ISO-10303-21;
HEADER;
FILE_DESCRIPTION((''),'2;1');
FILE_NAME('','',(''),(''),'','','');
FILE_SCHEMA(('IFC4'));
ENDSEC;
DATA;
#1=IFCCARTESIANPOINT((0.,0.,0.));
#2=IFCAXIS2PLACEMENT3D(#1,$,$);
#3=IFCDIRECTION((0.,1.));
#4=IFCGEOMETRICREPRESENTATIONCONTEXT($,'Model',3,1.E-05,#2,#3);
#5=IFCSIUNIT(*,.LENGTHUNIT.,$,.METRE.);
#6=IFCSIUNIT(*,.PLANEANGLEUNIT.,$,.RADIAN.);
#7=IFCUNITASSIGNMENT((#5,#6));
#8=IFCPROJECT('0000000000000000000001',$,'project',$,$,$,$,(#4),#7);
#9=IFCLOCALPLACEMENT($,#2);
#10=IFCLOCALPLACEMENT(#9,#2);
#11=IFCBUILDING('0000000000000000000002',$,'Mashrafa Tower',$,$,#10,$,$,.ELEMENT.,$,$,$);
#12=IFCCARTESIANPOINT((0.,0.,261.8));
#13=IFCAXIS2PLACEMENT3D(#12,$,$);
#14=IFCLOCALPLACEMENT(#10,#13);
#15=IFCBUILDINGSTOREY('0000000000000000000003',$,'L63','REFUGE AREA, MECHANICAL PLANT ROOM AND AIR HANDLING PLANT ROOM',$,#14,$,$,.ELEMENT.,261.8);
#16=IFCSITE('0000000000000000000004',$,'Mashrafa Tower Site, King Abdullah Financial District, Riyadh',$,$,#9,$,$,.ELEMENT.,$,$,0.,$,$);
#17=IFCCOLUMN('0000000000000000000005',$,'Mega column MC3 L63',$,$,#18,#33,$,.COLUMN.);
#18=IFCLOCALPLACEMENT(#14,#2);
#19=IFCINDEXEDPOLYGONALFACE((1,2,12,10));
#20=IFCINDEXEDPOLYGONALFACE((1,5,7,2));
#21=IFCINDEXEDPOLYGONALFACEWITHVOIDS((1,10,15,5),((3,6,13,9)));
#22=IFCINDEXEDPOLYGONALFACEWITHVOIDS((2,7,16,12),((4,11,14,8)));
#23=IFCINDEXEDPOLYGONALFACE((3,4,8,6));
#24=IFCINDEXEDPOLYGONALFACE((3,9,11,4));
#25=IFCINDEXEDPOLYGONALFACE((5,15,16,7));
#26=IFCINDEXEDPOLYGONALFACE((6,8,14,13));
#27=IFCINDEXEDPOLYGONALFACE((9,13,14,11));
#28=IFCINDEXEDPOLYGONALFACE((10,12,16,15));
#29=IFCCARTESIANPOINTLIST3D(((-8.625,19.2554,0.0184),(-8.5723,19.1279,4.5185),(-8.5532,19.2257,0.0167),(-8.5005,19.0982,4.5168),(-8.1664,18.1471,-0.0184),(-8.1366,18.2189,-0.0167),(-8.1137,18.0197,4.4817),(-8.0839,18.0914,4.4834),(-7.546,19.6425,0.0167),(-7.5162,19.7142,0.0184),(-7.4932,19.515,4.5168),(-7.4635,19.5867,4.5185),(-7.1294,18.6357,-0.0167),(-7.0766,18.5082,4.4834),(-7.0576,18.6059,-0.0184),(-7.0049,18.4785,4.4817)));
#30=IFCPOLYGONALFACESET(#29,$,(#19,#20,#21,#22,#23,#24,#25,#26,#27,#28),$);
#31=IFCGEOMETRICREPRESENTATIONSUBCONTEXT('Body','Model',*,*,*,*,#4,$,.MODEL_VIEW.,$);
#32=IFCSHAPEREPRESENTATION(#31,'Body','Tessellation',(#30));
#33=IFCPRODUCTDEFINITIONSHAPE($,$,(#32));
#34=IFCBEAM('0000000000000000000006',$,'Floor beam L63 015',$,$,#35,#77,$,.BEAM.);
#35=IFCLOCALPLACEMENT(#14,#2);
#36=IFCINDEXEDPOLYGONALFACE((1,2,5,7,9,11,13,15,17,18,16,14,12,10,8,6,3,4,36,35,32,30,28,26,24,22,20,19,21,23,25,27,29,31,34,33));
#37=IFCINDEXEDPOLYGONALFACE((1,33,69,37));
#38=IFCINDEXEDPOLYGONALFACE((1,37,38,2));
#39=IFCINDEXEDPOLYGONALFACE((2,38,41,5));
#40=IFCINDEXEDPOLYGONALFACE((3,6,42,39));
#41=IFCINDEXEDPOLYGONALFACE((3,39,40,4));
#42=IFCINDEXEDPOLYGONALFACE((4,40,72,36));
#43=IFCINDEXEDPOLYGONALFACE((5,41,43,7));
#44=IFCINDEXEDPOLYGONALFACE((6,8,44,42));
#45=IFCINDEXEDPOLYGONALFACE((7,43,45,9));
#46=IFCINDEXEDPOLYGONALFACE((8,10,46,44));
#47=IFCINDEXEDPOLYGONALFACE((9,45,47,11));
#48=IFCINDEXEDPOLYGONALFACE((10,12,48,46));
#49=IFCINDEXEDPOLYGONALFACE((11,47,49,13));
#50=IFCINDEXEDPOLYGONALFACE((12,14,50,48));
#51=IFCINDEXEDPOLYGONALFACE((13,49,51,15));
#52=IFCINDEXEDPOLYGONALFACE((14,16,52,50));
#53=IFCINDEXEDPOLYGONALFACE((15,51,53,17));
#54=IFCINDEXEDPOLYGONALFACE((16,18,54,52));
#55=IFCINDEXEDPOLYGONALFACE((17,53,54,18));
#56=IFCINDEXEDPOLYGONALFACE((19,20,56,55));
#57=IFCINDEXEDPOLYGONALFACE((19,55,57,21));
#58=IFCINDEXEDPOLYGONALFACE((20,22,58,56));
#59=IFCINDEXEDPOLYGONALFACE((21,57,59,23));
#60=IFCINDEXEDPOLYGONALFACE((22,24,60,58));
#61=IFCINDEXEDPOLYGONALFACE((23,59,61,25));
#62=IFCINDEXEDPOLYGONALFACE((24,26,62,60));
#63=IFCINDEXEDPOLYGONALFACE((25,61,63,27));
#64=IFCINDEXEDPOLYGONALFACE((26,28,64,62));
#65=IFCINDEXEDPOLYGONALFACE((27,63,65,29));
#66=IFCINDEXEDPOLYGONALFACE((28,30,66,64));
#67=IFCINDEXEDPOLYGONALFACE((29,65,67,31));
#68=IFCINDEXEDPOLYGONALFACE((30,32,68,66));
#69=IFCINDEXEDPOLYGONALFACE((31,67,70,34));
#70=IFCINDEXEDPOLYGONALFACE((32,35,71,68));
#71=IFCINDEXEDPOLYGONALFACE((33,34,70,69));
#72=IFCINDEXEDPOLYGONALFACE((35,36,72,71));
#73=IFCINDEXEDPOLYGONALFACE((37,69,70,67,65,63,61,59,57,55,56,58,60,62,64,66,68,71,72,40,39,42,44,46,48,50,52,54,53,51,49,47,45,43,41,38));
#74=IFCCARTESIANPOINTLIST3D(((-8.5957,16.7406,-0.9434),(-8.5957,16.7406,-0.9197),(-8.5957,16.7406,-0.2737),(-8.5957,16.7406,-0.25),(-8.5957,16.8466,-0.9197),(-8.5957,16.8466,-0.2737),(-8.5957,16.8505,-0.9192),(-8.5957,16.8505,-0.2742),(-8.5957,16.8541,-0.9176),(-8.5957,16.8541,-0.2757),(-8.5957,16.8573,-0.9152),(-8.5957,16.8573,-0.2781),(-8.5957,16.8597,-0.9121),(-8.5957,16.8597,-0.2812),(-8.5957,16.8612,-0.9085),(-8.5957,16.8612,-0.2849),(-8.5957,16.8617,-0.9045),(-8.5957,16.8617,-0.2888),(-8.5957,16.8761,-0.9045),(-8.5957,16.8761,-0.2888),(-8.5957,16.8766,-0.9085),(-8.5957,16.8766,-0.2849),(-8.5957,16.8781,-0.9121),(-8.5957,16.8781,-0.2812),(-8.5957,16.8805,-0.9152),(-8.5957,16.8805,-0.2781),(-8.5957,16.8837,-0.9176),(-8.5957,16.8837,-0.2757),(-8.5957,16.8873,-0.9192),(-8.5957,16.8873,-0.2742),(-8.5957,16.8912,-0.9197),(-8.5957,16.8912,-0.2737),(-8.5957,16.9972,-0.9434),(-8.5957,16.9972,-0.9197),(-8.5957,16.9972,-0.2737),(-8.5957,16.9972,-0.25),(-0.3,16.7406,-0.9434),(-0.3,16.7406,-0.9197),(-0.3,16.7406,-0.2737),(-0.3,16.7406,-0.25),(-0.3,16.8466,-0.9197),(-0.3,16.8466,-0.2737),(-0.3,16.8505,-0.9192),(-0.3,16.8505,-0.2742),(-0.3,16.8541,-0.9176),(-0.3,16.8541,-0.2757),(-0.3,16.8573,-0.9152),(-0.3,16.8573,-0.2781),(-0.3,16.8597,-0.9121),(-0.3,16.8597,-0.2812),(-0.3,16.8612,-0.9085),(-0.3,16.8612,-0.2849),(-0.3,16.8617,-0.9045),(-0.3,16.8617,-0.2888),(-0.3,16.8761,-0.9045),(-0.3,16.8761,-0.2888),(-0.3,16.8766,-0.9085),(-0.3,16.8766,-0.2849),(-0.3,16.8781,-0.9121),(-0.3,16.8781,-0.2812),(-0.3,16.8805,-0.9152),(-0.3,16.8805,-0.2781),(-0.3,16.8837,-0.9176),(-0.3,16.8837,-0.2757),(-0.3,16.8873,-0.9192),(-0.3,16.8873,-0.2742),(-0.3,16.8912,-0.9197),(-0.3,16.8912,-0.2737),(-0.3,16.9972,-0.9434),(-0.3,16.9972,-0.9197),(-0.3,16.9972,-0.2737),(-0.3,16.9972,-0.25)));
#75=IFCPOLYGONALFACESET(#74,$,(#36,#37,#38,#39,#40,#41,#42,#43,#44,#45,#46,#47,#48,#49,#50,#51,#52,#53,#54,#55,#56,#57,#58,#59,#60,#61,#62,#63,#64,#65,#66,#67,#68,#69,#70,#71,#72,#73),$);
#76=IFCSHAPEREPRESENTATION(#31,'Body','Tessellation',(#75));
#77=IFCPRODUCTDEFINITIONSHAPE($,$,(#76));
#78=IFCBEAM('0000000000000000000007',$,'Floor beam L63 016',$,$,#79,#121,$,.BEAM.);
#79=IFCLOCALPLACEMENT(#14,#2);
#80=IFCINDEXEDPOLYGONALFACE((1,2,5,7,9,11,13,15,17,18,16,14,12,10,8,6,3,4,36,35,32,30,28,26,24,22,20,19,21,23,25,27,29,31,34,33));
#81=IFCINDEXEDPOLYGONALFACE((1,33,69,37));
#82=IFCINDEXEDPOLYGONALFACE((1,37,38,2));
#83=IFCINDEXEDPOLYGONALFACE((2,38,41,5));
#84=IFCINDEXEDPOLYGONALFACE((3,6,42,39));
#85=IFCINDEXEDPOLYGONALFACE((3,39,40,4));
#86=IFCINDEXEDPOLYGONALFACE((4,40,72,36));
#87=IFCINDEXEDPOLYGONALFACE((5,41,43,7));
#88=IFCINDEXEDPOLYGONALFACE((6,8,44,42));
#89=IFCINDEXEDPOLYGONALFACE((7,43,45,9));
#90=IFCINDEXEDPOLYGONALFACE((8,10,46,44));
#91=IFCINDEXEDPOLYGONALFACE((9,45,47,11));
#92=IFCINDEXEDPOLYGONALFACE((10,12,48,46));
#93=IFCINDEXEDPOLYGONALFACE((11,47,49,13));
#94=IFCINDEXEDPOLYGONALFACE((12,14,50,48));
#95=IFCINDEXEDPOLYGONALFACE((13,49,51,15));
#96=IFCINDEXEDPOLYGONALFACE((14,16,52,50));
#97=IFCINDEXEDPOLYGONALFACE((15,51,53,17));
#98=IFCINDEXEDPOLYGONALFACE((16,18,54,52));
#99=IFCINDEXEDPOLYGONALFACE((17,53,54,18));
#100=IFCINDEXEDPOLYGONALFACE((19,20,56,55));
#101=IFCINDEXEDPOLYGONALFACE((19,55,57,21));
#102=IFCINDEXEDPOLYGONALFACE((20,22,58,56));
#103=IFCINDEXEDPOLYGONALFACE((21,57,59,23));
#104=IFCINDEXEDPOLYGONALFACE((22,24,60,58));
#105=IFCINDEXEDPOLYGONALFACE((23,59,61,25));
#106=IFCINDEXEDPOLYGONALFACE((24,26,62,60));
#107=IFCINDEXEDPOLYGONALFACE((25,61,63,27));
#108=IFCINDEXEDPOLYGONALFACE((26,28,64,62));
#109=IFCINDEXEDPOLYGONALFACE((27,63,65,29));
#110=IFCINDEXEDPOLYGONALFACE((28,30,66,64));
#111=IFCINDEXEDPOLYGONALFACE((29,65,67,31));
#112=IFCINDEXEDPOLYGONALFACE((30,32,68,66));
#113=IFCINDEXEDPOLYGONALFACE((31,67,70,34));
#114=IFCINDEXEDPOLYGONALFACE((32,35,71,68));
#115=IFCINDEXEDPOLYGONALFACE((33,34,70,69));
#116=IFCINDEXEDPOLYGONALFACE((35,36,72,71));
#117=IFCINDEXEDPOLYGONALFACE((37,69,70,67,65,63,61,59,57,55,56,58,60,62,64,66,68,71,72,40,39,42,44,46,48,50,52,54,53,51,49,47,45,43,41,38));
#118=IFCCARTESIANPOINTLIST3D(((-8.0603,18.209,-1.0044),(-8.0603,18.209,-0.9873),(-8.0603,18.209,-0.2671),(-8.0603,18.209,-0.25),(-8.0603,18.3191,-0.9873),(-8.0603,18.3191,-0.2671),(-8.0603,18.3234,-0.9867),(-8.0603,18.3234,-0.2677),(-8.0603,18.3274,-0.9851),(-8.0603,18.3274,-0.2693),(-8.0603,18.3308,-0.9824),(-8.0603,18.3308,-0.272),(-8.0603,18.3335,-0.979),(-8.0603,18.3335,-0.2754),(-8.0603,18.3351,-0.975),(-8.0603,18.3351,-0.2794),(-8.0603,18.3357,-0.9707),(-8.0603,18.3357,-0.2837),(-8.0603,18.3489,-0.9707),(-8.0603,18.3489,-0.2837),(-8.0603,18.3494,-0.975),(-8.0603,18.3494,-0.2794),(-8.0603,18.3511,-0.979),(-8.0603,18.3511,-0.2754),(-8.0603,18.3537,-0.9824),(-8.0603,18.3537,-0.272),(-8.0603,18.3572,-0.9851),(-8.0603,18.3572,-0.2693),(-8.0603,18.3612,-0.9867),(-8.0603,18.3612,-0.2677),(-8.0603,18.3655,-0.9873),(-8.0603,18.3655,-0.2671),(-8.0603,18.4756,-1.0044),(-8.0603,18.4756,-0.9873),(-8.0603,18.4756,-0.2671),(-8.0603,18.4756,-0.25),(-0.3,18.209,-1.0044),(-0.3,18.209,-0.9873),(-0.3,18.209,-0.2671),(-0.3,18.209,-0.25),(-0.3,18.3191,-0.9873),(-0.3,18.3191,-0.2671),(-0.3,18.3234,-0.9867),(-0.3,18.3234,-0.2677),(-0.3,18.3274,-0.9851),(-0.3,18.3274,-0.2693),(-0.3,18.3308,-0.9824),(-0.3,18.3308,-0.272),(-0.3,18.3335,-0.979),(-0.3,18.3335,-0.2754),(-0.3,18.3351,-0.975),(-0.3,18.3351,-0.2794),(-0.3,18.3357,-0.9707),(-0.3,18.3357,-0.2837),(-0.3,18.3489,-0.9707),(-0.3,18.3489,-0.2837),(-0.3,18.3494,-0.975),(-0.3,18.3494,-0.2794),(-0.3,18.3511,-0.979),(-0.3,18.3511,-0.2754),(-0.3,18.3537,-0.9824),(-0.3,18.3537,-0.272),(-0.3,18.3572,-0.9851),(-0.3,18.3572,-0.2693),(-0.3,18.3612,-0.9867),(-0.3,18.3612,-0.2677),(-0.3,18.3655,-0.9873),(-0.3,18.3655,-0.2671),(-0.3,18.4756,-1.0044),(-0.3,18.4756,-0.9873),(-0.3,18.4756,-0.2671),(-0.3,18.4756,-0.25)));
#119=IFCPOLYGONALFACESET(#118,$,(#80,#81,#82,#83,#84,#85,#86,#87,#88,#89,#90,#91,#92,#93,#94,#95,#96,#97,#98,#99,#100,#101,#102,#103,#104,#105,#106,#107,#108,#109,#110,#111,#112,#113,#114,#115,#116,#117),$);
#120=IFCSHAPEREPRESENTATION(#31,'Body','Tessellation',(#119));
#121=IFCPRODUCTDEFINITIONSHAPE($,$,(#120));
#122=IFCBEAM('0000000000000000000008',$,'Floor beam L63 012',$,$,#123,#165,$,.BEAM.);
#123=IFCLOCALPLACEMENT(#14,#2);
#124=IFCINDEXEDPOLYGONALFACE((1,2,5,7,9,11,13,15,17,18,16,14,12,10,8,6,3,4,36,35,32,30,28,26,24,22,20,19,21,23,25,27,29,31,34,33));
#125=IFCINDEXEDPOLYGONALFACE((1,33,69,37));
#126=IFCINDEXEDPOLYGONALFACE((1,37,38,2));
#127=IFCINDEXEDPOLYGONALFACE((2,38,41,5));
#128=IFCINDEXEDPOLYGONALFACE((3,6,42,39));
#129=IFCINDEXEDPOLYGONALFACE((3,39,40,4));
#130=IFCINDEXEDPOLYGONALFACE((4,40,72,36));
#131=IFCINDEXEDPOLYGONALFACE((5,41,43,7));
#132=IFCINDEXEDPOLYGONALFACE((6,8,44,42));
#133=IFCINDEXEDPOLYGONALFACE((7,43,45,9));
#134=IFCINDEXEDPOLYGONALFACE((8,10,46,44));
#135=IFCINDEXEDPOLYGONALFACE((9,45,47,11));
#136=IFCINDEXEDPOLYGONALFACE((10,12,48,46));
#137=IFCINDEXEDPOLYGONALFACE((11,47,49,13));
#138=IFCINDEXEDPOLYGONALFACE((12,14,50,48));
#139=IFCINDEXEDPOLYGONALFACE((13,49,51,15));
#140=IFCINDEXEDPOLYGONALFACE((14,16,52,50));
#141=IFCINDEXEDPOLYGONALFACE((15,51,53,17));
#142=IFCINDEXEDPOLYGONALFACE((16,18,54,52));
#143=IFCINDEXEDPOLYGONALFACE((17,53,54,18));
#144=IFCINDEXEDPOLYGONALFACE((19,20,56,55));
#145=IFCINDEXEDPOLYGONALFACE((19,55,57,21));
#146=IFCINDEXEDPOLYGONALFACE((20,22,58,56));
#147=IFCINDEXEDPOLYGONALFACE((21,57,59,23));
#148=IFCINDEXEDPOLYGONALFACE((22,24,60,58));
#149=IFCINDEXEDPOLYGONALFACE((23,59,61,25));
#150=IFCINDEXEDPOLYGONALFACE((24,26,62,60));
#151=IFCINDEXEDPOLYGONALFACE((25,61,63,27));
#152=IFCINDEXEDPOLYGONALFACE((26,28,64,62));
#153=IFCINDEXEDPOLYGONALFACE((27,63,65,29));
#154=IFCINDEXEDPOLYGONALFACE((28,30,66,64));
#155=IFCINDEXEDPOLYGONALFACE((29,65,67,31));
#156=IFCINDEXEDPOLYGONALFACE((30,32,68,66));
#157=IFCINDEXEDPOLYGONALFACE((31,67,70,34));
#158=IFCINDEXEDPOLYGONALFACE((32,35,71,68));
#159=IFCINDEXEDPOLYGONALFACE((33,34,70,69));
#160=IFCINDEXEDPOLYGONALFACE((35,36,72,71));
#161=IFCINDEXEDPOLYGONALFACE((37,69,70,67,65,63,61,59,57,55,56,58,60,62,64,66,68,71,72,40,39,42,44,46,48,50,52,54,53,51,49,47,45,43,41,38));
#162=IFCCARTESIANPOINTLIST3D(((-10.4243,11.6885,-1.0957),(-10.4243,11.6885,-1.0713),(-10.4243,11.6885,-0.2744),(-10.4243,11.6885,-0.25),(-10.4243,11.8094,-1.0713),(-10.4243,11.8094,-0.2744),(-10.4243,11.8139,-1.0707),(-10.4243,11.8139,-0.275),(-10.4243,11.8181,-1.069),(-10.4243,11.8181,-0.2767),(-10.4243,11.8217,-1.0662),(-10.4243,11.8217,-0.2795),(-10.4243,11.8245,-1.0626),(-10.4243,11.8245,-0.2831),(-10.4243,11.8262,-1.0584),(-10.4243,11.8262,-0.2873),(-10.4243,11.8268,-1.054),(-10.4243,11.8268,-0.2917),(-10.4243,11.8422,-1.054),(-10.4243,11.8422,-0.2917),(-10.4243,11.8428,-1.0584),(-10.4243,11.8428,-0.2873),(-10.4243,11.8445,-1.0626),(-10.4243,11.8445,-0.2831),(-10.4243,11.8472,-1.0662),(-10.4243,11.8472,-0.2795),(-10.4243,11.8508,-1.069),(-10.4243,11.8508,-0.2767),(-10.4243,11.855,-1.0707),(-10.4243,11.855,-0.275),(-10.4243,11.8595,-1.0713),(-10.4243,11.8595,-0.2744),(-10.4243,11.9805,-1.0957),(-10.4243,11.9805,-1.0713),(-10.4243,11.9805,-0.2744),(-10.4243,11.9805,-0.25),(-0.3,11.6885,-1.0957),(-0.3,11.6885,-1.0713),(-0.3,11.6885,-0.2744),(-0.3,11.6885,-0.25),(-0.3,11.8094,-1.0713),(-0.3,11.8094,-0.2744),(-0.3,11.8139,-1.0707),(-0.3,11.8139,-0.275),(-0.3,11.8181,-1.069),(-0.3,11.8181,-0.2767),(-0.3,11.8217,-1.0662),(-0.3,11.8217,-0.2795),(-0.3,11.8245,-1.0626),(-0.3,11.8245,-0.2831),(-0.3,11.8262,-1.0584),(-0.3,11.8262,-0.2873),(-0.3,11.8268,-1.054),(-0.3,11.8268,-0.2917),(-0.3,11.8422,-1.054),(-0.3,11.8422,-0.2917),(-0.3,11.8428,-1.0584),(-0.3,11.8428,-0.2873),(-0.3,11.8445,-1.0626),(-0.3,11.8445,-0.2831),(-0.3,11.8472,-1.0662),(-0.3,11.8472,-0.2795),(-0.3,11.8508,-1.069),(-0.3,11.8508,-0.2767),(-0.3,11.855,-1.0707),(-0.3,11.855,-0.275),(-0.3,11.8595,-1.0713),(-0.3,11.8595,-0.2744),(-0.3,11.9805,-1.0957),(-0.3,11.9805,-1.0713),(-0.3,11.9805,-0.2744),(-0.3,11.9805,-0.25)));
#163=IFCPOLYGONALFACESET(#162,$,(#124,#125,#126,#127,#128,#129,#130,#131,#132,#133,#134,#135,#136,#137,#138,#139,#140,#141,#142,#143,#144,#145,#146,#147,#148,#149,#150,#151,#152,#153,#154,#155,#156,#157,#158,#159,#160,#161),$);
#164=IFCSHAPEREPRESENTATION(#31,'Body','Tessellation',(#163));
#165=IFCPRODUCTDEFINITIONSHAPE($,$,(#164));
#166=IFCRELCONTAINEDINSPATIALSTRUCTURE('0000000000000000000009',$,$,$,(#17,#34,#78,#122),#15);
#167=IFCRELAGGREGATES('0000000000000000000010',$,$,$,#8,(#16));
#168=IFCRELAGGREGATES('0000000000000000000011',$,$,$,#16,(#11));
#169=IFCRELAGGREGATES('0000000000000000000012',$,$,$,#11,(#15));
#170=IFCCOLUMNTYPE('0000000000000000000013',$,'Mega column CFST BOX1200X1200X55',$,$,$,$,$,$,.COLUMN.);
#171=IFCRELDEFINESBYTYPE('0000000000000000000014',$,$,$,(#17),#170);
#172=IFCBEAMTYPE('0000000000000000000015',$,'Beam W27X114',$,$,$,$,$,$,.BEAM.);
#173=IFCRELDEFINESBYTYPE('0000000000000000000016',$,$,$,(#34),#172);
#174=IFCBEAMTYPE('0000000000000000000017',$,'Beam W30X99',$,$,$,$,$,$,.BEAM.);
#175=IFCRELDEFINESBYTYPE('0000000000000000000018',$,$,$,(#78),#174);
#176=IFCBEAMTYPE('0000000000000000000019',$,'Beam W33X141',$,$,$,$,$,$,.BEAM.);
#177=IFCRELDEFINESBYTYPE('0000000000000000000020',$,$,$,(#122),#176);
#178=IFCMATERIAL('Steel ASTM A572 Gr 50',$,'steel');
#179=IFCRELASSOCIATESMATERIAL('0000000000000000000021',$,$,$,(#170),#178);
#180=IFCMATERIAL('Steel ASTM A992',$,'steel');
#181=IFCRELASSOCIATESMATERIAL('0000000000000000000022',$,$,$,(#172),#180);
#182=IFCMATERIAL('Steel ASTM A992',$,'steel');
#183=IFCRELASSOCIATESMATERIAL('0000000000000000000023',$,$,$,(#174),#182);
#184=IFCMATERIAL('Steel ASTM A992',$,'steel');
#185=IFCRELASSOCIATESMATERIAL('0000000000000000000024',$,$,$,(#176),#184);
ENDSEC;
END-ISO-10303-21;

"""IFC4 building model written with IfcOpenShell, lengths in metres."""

from ifc_helpers import new_model, si_unit, direction, frame, origin, origin_2d, place, context, subcontext, project, spatial, hollow_rectangle, i_section, extrude, material, material_profile, profile_set, type_object, element, save


model = new_model("IFC4")

# Units and contexts
model_context = context("Model", 3, precision=1e-05, world=origin(), true_north=direction((0.0, 1.0)))
body_context = subcontext(model_context, "Body", "Model", "MODEL_VIEW")
ifc_project = project(units=[si_unit("LENGTHUNIT", "METRE"), si_unit("PLANEANGLEUNIT", "RADIAN")], contexts=[model_context])

# Site, building, storey
site_placement = place(None, origin())
site = spatial("IfcSite", under=ifc_project, at=site_placement, Name="Mashrafa Tower Site, King Abdullah Financial District, Riyadh", CompositionType="ELEMENT", RefElevation=0.0)
building_placement = place(site_placement, origin())
building = spatial("IfcBuilding", under=site, at=building_placement, Name="Mashrafa Tower", CompositionType="ELEMENT")
storey_placement = place(building_placement, frame((0.0, 0.0, 261.8)))
storey = spatial("IfcBuildingStorey", under=building, at=storey_placement, Name="L63", Description="REFUGE AREA, MECHANICAL PLANT ROOM AND AIR HANDLING PLANT ROOM", CompositionType="ELEMENT", Elevation=261.8)

# Column
ifc_material_1 = material(Name="Steel ASTM A572 Gr 50", Category="steel")
ifc_material_profile_1 = material_profile(ifc_material_1, hollow_rectangle(XDim=1.2, YDim=1.2, WallThickness=0.0549, at=origin_2d()), Name="BOX1200X1200X55")
ifc_profile_set_1 = profile_set([ifc_material_profile_1], Name="Steel ASTM A572 Gr 50")
column_type = type_object("IfcColumnType", Name="Mega column CFST BOX1200X1200X55", PredefinedType="COLUMN", material=ifc_profile_set_1)
column_placement = place(storey_placement, frame((-7.8413, 18.9307, 0.0), z_axis=(0.011713, -0.028307, 0.999531), x_axis=(0.924017, 0.382352, 0.0)))
element("IfcColumn", 1, at=column_placement, inside=storey, type_object=column_type, Name="Mega column MC3 L63", PredefinedType="COLUMN", context=body_context, shape_type="SweptSolid", body=[
    extrude(hollow_rectangle(XDim=1.2, YDim=1.2, WallThickness=0.0549, at=origin_2d()), origin(), (0.0, 0.0, 1.0), 4.5022),
])

# Beams
ifc_material_2 = material(Name="Steel ASTM A992", Category="steel")
ifc_material_profile_2 = material_profile(ifc_material_2, i_section(OverallWidth=0.2566, OverallDepth=0.6934, WebThickness=0.0144, FlangeThickness=0.0237, FilletRadius=0.0151, at=origin_2d()), Name="W27X114")
ifc_profile_set_2 = profile_set([ifc_material_profile_2], Name="Steel ASTM A992")
beam_type_1 = type_object("IfcBeamType", Name="Beam W27X114", PredefinedType="BEAM", material=ifc_profile_set_2)
beam_1_placement = place(storey_placement, frame((-8.5957, 16.8689, -0.5967), z_axis=(1.0, 0.0, 0.0), x_axis=(0.0, 1.0, 0.0)))
element("IfcBeam", 2, at=beam_1_placement, inside=storey, type_object=beam_type_1, Name="Floor beam L63 015", PredefinedType="BEAM", context=body_context, shape_type="SweptSolid", body=[
    extrude(i_section(OverallWidth=0.2566, OverallDepth=0.6934, WebThickness=0.0144, FlangeThickness=0.0237, FilletRadius=0.0151, at=origin_2d()), origin(), (0.0, 0.0, 1.0), 8.2957),
])
ifc_material_3 = material(Name="Steel ASTM A992", Category="steel")
ifc_material_profile_3 = material_profile(ifc_material_3, i_section(OverallWidth=0.2666, OverallDepth=0.7544, WebThickness=0.0132, FlangeThickness=0.0171, FilletRadius=0.0166, at=origin_2d()), Name="W30X99")
ifc_profile_set_3 = profile_set([ifc_material_profile_3], Name="Steel ASTM A992")
beam_type_2 = type_object("IfcBeamType", Name="Beam W30X99", PredefinedType="BEAM", material=ifc_profile_set_3)
beam_2_placement = place(storey_placement, frame((-8.0603, 18.3423, -0.6272), z_axis=(1.0, 0.0, 0.0), x_axis=(0.0, 1.0, 0.0)))
element("IfcBeam", 3, at=beam_2_placement, inside=storey, type_object=beam_type_2, Name="Floor beam L63 016", PredefinedType="BEAM", context=body_context, shape_type="SweptSolid", body=[
    extrude(i_section(OverallWidth=0.2666, OverallDepth=0.7544, WebThickness=0.0132, FlangeThickness=0.0171, FilletRadius=0.0166, at=origin_2d()), origin(), (0.0, 0.0, 1.0), 7.7603),
])
ifc_material_4 = material(Name="Steel ASTM A992", Category="steel")
ifc_material_profile_4 = material_profile(ifc_material_4, i_section(OverallWidth=0.292, OverallDepth=0.8457, WebThickness=0.0154, FlangeThickness=0.0244, FilletRadius=0.0173, at=origin_2d()), Name="W33X141")
ifc_profile_set_4 = profile_set([ifc_material_profile_4], Name="Steel ASTM A992")
beam_type_3 = type_object("IfcBeamType", Name="Beam W33X141", PredefinedType="BEAM", material=ifc_profile_set_4)
beam_3_placement = place(storey_placement, frame((-10.4243, 11.8345, -0.6729), z_axis=(1.0, 0.0, 0.0), x_axis=(0.0, 1.0, 0.0)))
element("IfcBeam", 4, at=beam_3_placement, inside=storey, type_object=beam_type_3, Name="Floor beam L63 012", PredefinedType="BEAM", context=body_context, shape_type="SweptSolid", body=[
    extrude(i_section(OverallWidth=0.292, OverallDepth=0.8457, WebThickness=0.0154, FlangeThickness=0.0244, FilletRadius=0.0173, at=origin_2d()), origin(), (0.0, 0.0, 1.0), 10.1243),
])

save(model, "model.ifc")
